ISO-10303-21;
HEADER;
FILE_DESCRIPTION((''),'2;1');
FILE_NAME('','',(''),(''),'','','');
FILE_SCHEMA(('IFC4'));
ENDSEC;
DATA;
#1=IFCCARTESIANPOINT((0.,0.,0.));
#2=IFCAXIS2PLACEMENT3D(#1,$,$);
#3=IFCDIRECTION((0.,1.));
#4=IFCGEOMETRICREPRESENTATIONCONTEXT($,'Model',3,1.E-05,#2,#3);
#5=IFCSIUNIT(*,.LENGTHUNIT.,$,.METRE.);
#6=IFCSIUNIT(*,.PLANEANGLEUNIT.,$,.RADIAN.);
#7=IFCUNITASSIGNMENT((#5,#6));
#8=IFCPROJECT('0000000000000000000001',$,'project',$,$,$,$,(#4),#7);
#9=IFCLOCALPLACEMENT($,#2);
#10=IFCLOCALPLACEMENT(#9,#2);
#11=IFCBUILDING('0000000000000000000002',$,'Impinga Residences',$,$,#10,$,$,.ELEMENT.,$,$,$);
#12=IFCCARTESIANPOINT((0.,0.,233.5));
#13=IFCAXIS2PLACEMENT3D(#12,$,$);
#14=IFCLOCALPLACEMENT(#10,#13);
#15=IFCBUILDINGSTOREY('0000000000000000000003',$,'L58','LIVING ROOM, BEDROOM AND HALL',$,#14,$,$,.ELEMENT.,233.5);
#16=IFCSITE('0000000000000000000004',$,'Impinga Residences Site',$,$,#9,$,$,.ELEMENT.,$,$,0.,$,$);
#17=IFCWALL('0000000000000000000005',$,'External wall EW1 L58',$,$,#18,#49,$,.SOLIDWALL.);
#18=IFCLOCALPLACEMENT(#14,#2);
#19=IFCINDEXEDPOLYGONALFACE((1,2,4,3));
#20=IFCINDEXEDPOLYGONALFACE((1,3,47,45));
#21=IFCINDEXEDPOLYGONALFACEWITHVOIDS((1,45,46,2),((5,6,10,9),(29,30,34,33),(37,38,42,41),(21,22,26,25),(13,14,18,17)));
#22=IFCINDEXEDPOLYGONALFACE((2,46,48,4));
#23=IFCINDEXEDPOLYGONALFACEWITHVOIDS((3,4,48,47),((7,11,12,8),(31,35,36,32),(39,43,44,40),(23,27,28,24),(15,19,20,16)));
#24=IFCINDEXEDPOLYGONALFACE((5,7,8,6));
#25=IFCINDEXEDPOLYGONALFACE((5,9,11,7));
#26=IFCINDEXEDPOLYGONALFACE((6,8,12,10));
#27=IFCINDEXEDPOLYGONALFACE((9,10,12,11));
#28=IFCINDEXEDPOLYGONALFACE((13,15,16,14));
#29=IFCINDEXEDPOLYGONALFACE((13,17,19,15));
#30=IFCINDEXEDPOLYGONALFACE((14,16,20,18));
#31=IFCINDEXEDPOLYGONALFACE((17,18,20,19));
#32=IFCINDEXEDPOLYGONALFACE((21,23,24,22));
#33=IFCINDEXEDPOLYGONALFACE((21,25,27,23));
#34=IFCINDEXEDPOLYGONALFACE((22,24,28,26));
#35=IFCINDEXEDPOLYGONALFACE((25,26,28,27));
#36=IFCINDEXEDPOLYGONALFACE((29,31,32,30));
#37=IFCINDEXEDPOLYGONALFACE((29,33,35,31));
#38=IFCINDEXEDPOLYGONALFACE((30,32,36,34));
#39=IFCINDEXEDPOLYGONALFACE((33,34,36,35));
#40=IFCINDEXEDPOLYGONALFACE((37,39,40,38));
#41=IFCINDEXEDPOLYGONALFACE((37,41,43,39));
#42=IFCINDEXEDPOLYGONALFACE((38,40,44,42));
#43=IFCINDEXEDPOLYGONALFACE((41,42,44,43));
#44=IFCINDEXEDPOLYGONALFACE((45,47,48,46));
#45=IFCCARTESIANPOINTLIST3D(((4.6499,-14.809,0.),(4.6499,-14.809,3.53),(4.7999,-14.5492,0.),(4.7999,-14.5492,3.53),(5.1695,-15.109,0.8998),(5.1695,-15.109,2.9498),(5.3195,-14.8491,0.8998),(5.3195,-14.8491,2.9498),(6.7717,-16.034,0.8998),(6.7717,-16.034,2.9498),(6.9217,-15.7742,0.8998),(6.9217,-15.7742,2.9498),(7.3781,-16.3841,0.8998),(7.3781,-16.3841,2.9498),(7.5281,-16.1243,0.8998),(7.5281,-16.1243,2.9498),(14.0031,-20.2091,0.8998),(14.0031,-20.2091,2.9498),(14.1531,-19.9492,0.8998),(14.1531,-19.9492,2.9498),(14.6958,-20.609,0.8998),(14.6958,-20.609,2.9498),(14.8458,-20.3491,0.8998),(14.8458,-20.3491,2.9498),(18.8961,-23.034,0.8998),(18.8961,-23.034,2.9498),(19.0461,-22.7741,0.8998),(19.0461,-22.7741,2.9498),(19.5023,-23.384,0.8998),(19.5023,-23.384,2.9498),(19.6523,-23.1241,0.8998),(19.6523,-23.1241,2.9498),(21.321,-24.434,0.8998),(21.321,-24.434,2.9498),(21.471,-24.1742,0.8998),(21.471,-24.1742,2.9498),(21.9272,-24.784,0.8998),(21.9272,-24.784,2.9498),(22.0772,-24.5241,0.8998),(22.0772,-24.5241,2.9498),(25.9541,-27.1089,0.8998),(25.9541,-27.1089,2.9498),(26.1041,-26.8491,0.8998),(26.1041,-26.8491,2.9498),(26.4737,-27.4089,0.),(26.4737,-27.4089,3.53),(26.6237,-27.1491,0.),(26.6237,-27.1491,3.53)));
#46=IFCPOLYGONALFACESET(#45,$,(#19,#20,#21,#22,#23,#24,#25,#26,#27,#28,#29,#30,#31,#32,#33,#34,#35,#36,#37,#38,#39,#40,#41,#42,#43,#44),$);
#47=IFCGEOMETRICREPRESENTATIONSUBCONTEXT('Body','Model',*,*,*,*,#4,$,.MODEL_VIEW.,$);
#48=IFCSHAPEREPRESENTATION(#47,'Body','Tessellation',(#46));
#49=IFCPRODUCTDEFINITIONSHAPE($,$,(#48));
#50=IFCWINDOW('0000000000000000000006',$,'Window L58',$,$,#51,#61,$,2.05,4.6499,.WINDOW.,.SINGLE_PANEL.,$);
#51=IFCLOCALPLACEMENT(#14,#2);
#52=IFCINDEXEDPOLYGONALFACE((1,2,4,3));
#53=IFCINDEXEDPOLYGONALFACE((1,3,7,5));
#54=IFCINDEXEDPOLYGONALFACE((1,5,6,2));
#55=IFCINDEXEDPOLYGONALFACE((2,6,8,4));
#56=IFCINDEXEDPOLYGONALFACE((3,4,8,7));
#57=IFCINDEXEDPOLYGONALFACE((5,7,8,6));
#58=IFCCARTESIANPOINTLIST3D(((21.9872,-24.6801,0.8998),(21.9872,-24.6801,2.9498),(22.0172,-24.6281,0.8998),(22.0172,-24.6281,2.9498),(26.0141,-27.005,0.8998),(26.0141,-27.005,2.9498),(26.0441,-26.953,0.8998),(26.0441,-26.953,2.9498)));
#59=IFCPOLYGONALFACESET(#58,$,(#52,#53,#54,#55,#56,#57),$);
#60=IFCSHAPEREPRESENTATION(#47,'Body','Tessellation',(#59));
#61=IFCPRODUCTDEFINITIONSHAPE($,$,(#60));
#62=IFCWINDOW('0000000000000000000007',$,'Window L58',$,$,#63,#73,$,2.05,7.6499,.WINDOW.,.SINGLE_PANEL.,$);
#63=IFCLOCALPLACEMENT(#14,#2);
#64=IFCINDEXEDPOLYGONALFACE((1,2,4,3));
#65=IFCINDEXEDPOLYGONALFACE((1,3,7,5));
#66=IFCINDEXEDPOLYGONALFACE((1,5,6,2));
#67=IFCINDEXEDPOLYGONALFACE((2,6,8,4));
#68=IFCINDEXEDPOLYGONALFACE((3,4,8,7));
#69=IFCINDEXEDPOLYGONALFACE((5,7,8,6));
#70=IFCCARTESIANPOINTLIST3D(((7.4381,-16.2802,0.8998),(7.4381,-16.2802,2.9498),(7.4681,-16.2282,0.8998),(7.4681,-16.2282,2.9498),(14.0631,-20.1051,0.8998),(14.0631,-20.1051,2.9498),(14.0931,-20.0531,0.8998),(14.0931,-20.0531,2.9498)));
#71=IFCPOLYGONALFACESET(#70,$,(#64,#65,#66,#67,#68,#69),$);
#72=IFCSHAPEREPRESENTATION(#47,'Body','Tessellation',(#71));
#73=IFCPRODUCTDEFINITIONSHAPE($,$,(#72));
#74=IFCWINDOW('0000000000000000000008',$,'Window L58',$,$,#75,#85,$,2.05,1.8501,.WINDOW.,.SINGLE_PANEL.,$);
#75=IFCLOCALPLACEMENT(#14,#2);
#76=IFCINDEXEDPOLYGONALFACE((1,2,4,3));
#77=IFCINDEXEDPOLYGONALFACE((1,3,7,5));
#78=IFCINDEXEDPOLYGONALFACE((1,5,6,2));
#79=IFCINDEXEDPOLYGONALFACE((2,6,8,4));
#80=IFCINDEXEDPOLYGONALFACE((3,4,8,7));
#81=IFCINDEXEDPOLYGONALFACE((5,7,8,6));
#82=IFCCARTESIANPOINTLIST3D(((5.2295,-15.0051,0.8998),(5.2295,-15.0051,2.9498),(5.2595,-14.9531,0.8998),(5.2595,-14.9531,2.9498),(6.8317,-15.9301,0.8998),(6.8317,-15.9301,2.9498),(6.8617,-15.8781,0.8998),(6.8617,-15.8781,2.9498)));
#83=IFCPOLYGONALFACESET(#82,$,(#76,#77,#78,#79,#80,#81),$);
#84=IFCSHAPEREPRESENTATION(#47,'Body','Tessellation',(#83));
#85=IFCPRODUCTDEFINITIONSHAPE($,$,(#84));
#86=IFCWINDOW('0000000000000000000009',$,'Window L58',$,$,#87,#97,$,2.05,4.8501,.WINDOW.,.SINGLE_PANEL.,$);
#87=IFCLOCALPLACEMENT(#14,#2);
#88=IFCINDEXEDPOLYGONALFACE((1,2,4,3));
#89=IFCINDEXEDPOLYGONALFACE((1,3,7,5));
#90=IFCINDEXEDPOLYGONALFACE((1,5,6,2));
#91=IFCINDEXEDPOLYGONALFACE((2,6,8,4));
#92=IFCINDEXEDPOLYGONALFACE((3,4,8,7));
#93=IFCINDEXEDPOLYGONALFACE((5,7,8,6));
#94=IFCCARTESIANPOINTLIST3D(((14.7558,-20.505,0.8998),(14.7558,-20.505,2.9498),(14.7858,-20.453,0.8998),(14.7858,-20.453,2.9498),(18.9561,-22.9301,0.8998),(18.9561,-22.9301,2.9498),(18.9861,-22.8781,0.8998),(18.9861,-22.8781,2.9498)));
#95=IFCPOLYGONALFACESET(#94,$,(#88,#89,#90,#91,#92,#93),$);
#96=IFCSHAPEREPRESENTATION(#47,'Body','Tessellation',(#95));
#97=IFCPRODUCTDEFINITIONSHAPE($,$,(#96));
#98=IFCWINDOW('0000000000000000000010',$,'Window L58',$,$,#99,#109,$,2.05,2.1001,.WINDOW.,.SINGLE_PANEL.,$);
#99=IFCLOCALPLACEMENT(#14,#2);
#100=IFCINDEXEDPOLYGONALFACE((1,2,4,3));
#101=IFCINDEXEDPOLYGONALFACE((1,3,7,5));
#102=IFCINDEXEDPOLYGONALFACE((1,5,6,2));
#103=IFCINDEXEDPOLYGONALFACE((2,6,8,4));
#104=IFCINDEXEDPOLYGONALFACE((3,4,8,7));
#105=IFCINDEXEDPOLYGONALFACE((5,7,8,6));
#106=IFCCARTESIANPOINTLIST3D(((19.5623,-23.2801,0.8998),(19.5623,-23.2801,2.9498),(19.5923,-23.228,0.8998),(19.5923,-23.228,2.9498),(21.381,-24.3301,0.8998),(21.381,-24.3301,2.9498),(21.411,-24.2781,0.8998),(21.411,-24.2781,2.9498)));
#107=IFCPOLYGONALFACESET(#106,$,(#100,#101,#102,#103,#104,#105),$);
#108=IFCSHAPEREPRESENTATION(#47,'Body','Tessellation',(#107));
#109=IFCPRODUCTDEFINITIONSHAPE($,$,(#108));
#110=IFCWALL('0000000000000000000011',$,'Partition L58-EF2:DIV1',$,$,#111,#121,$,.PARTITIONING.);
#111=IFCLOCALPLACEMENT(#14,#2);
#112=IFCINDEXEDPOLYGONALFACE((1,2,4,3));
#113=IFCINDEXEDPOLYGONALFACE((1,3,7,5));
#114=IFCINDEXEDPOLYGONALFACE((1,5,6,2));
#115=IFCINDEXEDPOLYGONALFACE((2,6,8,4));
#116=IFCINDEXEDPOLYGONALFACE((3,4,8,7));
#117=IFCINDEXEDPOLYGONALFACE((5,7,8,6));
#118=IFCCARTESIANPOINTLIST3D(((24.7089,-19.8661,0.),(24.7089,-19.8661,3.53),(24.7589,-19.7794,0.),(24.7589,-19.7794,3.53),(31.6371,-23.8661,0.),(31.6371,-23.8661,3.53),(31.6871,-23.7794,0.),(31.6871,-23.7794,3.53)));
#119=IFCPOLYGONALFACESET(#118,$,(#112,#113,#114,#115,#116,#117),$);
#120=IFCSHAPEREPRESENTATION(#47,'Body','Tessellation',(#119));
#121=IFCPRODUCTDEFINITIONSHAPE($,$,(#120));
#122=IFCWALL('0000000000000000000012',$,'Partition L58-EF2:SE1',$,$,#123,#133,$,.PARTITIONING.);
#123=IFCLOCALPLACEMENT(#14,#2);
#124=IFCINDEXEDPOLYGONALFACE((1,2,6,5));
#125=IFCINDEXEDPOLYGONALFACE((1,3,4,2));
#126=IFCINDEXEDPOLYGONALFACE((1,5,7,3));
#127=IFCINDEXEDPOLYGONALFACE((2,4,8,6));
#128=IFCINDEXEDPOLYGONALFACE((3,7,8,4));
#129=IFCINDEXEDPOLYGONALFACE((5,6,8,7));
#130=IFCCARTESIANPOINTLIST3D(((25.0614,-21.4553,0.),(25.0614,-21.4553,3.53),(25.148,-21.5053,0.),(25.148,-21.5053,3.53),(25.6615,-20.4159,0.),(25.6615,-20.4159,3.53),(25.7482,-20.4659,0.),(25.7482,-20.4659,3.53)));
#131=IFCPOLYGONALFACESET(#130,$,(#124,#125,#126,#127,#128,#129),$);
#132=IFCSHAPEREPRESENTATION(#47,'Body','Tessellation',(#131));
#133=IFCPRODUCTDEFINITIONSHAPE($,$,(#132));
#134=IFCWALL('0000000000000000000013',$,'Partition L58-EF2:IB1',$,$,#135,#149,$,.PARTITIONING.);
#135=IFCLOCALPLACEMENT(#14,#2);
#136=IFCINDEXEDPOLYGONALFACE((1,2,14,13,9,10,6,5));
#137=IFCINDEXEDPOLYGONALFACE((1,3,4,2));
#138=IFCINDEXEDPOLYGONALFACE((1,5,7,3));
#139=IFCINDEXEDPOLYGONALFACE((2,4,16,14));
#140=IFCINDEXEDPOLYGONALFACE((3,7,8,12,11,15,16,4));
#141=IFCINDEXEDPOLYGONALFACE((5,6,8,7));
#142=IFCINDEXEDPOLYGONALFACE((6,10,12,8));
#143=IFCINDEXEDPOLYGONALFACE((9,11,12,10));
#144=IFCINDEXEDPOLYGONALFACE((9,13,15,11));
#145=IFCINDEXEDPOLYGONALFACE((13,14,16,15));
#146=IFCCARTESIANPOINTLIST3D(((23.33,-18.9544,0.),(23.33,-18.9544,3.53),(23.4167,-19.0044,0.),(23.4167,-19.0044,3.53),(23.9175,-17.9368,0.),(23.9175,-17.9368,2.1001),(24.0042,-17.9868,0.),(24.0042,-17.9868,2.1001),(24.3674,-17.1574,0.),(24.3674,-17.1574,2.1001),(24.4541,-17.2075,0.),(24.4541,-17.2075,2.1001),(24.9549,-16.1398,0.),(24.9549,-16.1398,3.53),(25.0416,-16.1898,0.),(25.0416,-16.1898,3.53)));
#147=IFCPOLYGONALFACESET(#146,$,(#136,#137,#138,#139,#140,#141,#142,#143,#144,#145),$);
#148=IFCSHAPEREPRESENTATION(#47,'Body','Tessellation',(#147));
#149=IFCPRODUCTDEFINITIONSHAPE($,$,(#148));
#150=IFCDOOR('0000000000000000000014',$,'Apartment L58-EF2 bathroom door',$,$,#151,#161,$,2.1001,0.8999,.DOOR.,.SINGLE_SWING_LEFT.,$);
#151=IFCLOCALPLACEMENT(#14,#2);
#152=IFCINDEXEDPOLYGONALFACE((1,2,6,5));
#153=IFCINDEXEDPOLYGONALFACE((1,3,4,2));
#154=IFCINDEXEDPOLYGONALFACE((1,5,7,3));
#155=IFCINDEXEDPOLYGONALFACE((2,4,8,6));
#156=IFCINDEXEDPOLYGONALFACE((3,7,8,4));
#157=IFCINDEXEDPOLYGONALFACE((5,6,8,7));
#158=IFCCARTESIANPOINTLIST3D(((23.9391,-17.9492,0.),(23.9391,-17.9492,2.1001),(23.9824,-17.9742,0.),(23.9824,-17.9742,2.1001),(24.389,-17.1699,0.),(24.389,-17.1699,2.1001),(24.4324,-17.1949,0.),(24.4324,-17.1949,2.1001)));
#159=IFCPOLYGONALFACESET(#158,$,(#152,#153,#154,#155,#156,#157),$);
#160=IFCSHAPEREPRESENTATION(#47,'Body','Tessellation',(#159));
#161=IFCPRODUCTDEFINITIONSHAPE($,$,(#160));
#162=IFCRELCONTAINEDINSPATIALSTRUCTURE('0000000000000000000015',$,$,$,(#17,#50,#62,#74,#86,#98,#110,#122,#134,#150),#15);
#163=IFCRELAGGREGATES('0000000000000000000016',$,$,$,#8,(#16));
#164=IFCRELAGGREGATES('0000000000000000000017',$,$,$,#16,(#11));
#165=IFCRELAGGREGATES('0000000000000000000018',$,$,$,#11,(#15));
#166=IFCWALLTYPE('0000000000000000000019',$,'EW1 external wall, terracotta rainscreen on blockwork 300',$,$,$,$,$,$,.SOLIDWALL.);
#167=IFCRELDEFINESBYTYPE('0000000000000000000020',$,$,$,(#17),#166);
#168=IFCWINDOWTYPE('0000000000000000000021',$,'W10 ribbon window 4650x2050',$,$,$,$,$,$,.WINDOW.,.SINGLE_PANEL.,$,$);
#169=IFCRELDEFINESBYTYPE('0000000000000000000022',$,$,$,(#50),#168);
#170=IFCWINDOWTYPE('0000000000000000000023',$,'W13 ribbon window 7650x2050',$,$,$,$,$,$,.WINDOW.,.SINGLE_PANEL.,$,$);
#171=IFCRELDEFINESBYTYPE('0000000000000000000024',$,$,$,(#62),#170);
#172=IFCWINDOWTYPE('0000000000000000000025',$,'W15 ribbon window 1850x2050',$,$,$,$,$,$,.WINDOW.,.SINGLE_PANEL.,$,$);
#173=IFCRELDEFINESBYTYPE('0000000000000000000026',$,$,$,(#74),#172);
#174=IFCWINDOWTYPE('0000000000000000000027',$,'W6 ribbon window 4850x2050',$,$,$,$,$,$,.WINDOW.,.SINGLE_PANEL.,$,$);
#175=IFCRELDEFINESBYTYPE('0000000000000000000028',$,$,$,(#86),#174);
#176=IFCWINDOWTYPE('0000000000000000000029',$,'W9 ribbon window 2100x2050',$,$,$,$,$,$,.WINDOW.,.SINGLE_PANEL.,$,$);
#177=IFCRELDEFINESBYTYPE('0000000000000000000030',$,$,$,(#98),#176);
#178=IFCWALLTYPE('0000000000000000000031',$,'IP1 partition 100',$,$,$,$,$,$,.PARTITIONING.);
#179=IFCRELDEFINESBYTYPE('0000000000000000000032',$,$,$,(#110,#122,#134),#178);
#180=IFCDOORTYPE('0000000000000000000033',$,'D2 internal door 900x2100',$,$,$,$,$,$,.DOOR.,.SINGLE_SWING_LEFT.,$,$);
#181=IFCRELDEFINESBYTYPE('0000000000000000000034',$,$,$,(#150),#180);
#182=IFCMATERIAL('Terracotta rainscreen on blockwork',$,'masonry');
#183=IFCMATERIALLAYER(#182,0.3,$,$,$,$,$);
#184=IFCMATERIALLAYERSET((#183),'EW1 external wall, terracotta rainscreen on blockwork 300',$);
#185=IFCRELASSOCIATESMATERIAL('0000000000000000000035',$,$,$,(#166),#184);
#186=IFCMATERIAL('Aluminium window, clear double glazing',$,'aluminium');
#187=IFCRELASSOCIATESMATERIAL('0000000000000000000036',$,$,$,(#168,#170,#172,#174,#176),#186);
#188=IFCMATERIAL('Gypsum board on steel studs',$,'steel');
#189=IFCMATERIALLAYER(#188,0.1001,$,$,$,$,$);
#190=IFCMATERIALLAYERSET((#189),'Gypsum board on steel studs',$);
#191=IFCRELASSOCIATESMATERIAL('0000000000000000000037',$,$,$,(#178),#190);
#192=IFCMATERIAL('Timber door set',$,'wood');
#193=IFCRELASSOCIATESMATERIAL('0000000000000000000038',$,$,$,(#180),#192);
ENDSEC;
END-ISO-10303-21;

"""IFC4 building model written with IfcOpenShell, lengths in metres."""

from ifc_helpers import new_model, si_unit, direction, frame, frame_2d, origin, place, context, subcontext, project, spatial, rectangle, extrude, material, layer, layer_set, type_object, element, fill, save


model = new_model("IFC4")

# Units and contexts
model_context = context("Model", 3, precision=1e-05, world=origin(), true_north=direction((0.0, 1.0)))
body_context = subcontext(model_context, "Body", "Model", "MODEL_VIEW")
ifc_project = project(units=[si_unit("LENGTHUNIT", "METRE"), si_unit("PLANEANGLEUNIT", "RADIAN")], contexts=[model_context])

# Site, building, storey
site_placement = place(None, origin())
site = spatial("IfcSite", under=ifc_project, at=site_placement, Name="Impinga Residences Site", CompositionType="ELEMENT", RefElevation=0.0)
building_placement = place(site_placement, origin())
building = spatial("IfcBuilding", under=site, at=building_placement, Name="Impinga Residences", CompositionType="ELEMENT")
storey_placement = place(building_placement, frame((0.0, 0.0, 233.5)))
storey = spatial("IfcBuildingStorey", under=building, at=storey_placement, Name="L58", Description="LIVING ROOM, BEDROOM AND HALL", CompositionType="ELEMENT", Elevation=233.5)

# Shared definitions
ifc_material_1 = material(Name="Timber door set", Category="wood")

# Shared definitions
ifc_material_2 = material(Name="Terracotta rainscreen on blockwork", Category="masonry")
ifc_layer_1 = layer(ifc_material_2, 0.3)
ifc_layer_set_1 = layer_set([ifc_layer_1], Name="EW1 external wall, terracotta rainscreen on blockwork 300")
wall_type_1 = type_object("IfcWallType", Name="EW1 external wall, terracotta rainscreen on blockwork 300", PredefinedType="SOLIDWALL", material=ifc_layer_set_1)

# Wall, openings, windows
wall_1_placement = place(storey_placement, frame((26.5488, -27.2791, 0.0), z_axis=(0.0, 0.0, 1.0), x_axis=(-0.866027, 0.499998, 0.0)))
wall_1 = element("IfcWall", 1, at=wall_1_placement, inside=storey, type_object=wall_type_1, Name="External wall EW1 L58", PredefinedType="SOLIDWALL", context=body_context, shape_type="SweptSolid", body=[
    extrude(rectangle(XDim=25.2, YDim=0.3, at=frame_2d((12.6001, 0.0))), origin(), (0.0, 0.0, 1.0), 3.53),
])
opening_1_placement = place(wall_1_placement, frame((0.6001, 0.0, 0.8999)))
opening_1 = element("IfcOpeningElement", 2, at=opening_1_placement, cuts=wall_1, PredefinedType="OPENING", context=body_context, shape_type="SweptSolid", body=[
    extrude(rectangle(XDim=4.6499, YDim=2.05, at=frame_2d((2.325, 1.0249))), frame((0.0, 0.1599, 0.0), z_axis=(0.0, -1.0, 0.0), x_axis=(1.0, 0.0, 0.0)), (0.0, 0.0, 1.0), 0.3201),
])
opening_2_placement = place(wall_1_placement, frame((5.95, 0.0, 0.8999)))
opening_2 = element("IfcOpeningElement", 3, at=opening_2_placement, cuts=wall_1, PredefinedType="OPENING", context=body_context, shape_type="SweptSolid", body=[
    extrude(rectangle(XDim=2.1001, YDim=2.05, at=frame_2d((1.05, 1.0249))), frame((0.0, 0.1599, 0.0), z_axis=(0.0, -1.0, 0.0), x_axis=(1.0, 0.0, 0.0)), (0.0, 0.0, 1.0), 0.3201),
])
opening_3_placement = place(wall_1_placement, frame((8.75, 0.0, 0.8999)))
opening_3 = element("IfcOpeningElement", 4, at=opening_3_placement, cuts=wall_1, PredefinedType="OPENING", context=body_context, shape_type="SweptSolid", body=[
    extrude(rectangle(XDim=4.8501, YDim=2.05, at=frame_2d((2.425, 1.0249))), frame((0.0, 0.1599, 0.0), z_axis=(0.0, -1.0, 0.0), x_axis=(1.0, 0.0, 0.0)), (0.0, 0.0, 1.0), 0.3201),
])
opening_4_placement = place(wall_1_placement, frame((14.3999, 0.0, 0.8999)))
opening_4 = element("IfcOpeningElement", 5, at=opening_4_placement, cuts=wall_1, PredefinedType="OPENING", context=body_context, shape_type="SweptSolid", body=[
    extrude(rectangle(XDim=7.6499, YDim=2.05, at=frame_2d((3.825, 1.0249))), frame((0.0, 0.1599, 0.0), z_axis=(0.0, -1.0, 0.0), x_axis=(1.0, 0.0, 0.0)), (0.0, 0.0, 1.0), 0.3201),
])
opening_5_placement = place(wall_1_placement, frame((22.75, 0.0, 0.8999)))
opening_5 = element("IfcOpeningElement", 6, at=opening_5_placement, cuts=wall_1, PredefinedType="OPENING", context=body_context, shape_type="SweptSolid", body=[
    extrude(rectangle(XDim=1.8501, YDim=2.05, at=frame_2d((0.925, 1.0249))), frame((0.0, 0.1599, 0.0), z_axis=(0.0, -1.0, 0.0), x_axis=(1.0, 0.0, 0.0)), (0.0, 0.0, 1.0), 0.3201),
])
ifc_material_3 = material(Name="Aluminium window, clear double glazing", Category="aluminium")
window_type_1 = type_object("IfcWindowType", Name="W10 ribbon window 4650x2050", PartitioningType="SINGLE_PANEL", PredefinedType="WINDOW", material=ifc_material_3)
window_1_placement = place(opening_1_placement, origin())
window_1 = element("IfcWindow", 7, at=window_1_placement, inside=storey, type_object=window_type_1, Name="Window L58", OverallHeight=2.05, OverallWidth=4.6499, PartitioningType="SINGLE_PANEL", PredefinedType="WINDOW", context=body_context, shape_type="SweptSolid", body=[
    extrude(rectangle(XDim=4.6499, YDim=2.05, at=frame_2d((2.325, 1.0249))), frame((0.0, 0.03, 0.0), z_axis=(0.0, -1.0, 0.0), x_axis=(1.0, 0.0, 0.0)), (0.0, 0.0, 1.0), 0.0601),
])
fill(opening_1, window_1)
window_type_2 = type_object("IfcWindowType", Name="W13 ribbon window 7650x2050", PartitioningType="SINGLE_PANEL", PredefinedType="WINDOW", material=ifc_material_3)
window_2_placement = place(opening_4_placement, origin())
window_2 = element("IfcWindow", 8, at=window_2_placement, inside=storey, type_object=window_type_2, Name="Window L58", OverallHeight=2.05, OverallWidth=7.6499, PartitioningType="SINGLE_PANEL", PredefinedType="WINDOW", context=body_context, shape_type="SweptSolid", body=[
    extrude(rectangle(XDim=7.6499, YDim=2.05, at=frame_2d((3.825, 1.0249))), frame((0.0, 0.03, 0.0), z_axis=(0.0, -1.0, 0.0), x_axis=(1.0, 0.0, 0.0)), (0.0, 0.0, 1.0), 0.0601),
])
fill(opening_4, window_2)
window_type_3 = type_object("IfcWindowType", Name="W15 ribbon window 1850x2050", PartitioningType="SINGLE_PANEL", PredefinedType="WINDOW", material=ifc_material_3)
window_3_placement = place(opening_5_placement, origin())
window_3 = element("IfcWindow", 9, at=window_3_placement, inside=storey, type_object=window_type_3, Name="Window L58", OverallHeight=2.05, OverallWidth=1.8501, PartitioningType="SINGLE_PANEL", PredefinedType="WINDOW", context=body_context, shape_type="SweptSolid", body=[
    extrude(rectangle(XDim=1.8501, YDim=2.05, at=frame_2d((0.925, 1.0249))), frame((0.0, 0.03, 0.0), z_axis=(0.0, -1.0, 0.0), x_axis=(1.0, 0.0, 0.0)), (0.0, 0.0, 1.0), 0.0601),
])
fill(opening_5, window_3)
window_type_4 = type_object("IfcWindowType", Name="W6 ribbon window 4850x2050", PartitioningType="SINGLE_PANEL", PredefinedType="WINDOW", material=ifc_material_3)
window_4_placement = place(opening_3_placement, origin())
window_4 = element("IfcWindow", 10, at=window_4_placement, inside=storey, type_object=window_type_4, Name="Window L58", OverallHeight=2.05, OverallWidth=4.8501, PartitioningType="SINGLE_PANEL", PredefinedType="WINDOW", context=body_context, shape_type="SweptSolid", body=[
    extrude(rectangle(XDim=4.8501, YDim=2.05, at=frame_2d((2.425, 1.0249))), frame((0.0, 0.03, 0.0), z_axis=(0.0, -1.0, 0.0), x_axis=(1.0, 0.0, 0.0)), (0.0, 0.0, 1.0), 0.0601),
])
fill(opening_3, window_4)
window_type_5 = type_object("IfcWindowType", Name="W9 ribbon window 2100x2050", PartitioningType="SINGLE_PANEL", PredefinedType="WINDOW", material=ifc_material_3)
window_5_placement = place(opening_2_placement, origin())
window_5 = element("IfcWindow", 11, at=window_5_placement, inside=storey, type_object=window_type_5, Name="Window L58", OverallHeight=2.05, OverallWidth=2.1001, PartitioningType="SINGLE_PANEL", PredefinedType="WINDOW", context=body_context, shape_type="SweptSolid", body=[
    extrude(rectangle(XDim=2.1001, YDim=2.05, at=frame_2d((1.05, 1.0249))), frame((0.0, 0.03, 0.0), z_axis=(0.0, -1.0, 0.0), x_axis=(1.0, 0.0, 0.0)), (0.0, 0.0, 1.0), 0.0601),
])
fill(opening_2, window_5)

# Walls
ifc_material_4 = material(Name="Gypsum board on steel studs", Category="steel")
ifc_layer_2 = layer(ifc_material_4, 0.1001)
ifc_layer_set_2 = layer_set([ifc_layer_2], Name="Gypsum board on steel studs")
wall_type_2 = type_object("IfcWallType", Name="IP1 partition 100", PredefinedType="PARTITIONING", material=ifc_layer_set_2)
wall_2_placement = place(storey_placement, frame((24.7339, -19.8228, 0.0), z_axis=(0.0, 0.0, 1.0), x_axis=(0.866026, -0.499999, 0.0)))
element("IfcWall", 12, at=wall_2_placement, inside=storey, type_object=wall_type_2, Name="Partition L58-EF2:DIV1", PredefinedType="PARTITIONING", context=body_context, shape_type="SweptSolid", body=[
    extrude(rectangle(XDim=8.0, YDim=0.1001, at=frame_2d((4.0, 0.0))), origin(), (0.0, 0.0, 1.0), 3.53),
])
wall_3_placement = place(storey_placement, frame((25.7048, -20.4409, 0.0), z_axis=(0.0, 0.0, 1.0), x_axis=(-0.500034, -0.866006, 0.0)))
element("IfcWall", 13, at=wall_3_placement, inside=storey, type_object=wall_type_2, Name="Partition L58-EF2:SE1", PredefinedType="PARTITIONING", context=body_context, shape_type="SweptSolid", body=[
    extrude(rectangle(XDim=1.2002, YDim=0.1001, at=frame_2d((0.6001, 0.0))), origin(), (0.0, 0.0, 1.0), 3.53),
])

# Wall, opening, door
wall_4_placement = place(storey_placement, frame((24.9983, -16.1648, 0.0), z_axis=(0.0, 0.0, 1.0), x_axis=(-0.499985, -0.866034, 0.0)))
wall_4 = element("IfcWall", 14, at=wall_4_placement, inside=storey, type_object=wall_type_2, Name="Partition L58-EF2:IB1", PredefinedType="PARTITIONING", context=body_context, shape_type="SweptSolid", body=[
    extrude(rectangle(XDim=3.25, YDim=0.1001, at=frame_2d((1.625, 0.0))), origin(), (0.0, 0.0, 1.0), 3.53),
])
opening_6_placement = place(wall_4_placement, frame((1.175, 0.0, 0.0)))
opening_6 = element("IfcOpeningElement", 15, at=opening_6_placement, cuts=wall_4, PredefinedType="OPENING", context=body_context, shape_type="SweptSolid", body=[
    extrude(rectangle(XDim=0.8999, YDim=2.1001, at=frame_2d((0.45, 1.05))), frame((0.0, 0.0601, 0.0), z_axis=(0.0, -1.0, 0.0), x_axis=(1.0, 0.0, 0.0)), (0.0, 0.0, 1.0), 0.1201),
])
door_type_1 = type_object("IfcDoorType", Name="D2 internal door 900x2100", OperationType="SINGLE_SWING_LEFT", PredefinedType="DOOR", material=ifc_material_1)
door_1_placement = place(opening_6_placement, origin())
door_1 = element("IfcDoor", 16, at=door_1_placement, inside=storey, type_object=door_type_1, Name="Apartment L58-EF2 bathroom door", OperationType="SINGLE_SWING_LEFT", OverallHeight=2.1001, OverallWidth=0.8999, PredefinedType="DOOR", context=body_context, shape_type="SweptSolid", body=[
    extrude(rectangle(XDim=0.8999, YDim=2.1001, at=frame_2d((0.45, 1.05))), frame((0.0, 0.0249, 0.0), z_axis=(0.0, -1.0, 0.0), x_axis=(1.0, 0.0, 0.0)), (0.0, 0.0, 1.0), 0.05),
])
fill(opening_6, door_1)

save(model, "model.ifc")
